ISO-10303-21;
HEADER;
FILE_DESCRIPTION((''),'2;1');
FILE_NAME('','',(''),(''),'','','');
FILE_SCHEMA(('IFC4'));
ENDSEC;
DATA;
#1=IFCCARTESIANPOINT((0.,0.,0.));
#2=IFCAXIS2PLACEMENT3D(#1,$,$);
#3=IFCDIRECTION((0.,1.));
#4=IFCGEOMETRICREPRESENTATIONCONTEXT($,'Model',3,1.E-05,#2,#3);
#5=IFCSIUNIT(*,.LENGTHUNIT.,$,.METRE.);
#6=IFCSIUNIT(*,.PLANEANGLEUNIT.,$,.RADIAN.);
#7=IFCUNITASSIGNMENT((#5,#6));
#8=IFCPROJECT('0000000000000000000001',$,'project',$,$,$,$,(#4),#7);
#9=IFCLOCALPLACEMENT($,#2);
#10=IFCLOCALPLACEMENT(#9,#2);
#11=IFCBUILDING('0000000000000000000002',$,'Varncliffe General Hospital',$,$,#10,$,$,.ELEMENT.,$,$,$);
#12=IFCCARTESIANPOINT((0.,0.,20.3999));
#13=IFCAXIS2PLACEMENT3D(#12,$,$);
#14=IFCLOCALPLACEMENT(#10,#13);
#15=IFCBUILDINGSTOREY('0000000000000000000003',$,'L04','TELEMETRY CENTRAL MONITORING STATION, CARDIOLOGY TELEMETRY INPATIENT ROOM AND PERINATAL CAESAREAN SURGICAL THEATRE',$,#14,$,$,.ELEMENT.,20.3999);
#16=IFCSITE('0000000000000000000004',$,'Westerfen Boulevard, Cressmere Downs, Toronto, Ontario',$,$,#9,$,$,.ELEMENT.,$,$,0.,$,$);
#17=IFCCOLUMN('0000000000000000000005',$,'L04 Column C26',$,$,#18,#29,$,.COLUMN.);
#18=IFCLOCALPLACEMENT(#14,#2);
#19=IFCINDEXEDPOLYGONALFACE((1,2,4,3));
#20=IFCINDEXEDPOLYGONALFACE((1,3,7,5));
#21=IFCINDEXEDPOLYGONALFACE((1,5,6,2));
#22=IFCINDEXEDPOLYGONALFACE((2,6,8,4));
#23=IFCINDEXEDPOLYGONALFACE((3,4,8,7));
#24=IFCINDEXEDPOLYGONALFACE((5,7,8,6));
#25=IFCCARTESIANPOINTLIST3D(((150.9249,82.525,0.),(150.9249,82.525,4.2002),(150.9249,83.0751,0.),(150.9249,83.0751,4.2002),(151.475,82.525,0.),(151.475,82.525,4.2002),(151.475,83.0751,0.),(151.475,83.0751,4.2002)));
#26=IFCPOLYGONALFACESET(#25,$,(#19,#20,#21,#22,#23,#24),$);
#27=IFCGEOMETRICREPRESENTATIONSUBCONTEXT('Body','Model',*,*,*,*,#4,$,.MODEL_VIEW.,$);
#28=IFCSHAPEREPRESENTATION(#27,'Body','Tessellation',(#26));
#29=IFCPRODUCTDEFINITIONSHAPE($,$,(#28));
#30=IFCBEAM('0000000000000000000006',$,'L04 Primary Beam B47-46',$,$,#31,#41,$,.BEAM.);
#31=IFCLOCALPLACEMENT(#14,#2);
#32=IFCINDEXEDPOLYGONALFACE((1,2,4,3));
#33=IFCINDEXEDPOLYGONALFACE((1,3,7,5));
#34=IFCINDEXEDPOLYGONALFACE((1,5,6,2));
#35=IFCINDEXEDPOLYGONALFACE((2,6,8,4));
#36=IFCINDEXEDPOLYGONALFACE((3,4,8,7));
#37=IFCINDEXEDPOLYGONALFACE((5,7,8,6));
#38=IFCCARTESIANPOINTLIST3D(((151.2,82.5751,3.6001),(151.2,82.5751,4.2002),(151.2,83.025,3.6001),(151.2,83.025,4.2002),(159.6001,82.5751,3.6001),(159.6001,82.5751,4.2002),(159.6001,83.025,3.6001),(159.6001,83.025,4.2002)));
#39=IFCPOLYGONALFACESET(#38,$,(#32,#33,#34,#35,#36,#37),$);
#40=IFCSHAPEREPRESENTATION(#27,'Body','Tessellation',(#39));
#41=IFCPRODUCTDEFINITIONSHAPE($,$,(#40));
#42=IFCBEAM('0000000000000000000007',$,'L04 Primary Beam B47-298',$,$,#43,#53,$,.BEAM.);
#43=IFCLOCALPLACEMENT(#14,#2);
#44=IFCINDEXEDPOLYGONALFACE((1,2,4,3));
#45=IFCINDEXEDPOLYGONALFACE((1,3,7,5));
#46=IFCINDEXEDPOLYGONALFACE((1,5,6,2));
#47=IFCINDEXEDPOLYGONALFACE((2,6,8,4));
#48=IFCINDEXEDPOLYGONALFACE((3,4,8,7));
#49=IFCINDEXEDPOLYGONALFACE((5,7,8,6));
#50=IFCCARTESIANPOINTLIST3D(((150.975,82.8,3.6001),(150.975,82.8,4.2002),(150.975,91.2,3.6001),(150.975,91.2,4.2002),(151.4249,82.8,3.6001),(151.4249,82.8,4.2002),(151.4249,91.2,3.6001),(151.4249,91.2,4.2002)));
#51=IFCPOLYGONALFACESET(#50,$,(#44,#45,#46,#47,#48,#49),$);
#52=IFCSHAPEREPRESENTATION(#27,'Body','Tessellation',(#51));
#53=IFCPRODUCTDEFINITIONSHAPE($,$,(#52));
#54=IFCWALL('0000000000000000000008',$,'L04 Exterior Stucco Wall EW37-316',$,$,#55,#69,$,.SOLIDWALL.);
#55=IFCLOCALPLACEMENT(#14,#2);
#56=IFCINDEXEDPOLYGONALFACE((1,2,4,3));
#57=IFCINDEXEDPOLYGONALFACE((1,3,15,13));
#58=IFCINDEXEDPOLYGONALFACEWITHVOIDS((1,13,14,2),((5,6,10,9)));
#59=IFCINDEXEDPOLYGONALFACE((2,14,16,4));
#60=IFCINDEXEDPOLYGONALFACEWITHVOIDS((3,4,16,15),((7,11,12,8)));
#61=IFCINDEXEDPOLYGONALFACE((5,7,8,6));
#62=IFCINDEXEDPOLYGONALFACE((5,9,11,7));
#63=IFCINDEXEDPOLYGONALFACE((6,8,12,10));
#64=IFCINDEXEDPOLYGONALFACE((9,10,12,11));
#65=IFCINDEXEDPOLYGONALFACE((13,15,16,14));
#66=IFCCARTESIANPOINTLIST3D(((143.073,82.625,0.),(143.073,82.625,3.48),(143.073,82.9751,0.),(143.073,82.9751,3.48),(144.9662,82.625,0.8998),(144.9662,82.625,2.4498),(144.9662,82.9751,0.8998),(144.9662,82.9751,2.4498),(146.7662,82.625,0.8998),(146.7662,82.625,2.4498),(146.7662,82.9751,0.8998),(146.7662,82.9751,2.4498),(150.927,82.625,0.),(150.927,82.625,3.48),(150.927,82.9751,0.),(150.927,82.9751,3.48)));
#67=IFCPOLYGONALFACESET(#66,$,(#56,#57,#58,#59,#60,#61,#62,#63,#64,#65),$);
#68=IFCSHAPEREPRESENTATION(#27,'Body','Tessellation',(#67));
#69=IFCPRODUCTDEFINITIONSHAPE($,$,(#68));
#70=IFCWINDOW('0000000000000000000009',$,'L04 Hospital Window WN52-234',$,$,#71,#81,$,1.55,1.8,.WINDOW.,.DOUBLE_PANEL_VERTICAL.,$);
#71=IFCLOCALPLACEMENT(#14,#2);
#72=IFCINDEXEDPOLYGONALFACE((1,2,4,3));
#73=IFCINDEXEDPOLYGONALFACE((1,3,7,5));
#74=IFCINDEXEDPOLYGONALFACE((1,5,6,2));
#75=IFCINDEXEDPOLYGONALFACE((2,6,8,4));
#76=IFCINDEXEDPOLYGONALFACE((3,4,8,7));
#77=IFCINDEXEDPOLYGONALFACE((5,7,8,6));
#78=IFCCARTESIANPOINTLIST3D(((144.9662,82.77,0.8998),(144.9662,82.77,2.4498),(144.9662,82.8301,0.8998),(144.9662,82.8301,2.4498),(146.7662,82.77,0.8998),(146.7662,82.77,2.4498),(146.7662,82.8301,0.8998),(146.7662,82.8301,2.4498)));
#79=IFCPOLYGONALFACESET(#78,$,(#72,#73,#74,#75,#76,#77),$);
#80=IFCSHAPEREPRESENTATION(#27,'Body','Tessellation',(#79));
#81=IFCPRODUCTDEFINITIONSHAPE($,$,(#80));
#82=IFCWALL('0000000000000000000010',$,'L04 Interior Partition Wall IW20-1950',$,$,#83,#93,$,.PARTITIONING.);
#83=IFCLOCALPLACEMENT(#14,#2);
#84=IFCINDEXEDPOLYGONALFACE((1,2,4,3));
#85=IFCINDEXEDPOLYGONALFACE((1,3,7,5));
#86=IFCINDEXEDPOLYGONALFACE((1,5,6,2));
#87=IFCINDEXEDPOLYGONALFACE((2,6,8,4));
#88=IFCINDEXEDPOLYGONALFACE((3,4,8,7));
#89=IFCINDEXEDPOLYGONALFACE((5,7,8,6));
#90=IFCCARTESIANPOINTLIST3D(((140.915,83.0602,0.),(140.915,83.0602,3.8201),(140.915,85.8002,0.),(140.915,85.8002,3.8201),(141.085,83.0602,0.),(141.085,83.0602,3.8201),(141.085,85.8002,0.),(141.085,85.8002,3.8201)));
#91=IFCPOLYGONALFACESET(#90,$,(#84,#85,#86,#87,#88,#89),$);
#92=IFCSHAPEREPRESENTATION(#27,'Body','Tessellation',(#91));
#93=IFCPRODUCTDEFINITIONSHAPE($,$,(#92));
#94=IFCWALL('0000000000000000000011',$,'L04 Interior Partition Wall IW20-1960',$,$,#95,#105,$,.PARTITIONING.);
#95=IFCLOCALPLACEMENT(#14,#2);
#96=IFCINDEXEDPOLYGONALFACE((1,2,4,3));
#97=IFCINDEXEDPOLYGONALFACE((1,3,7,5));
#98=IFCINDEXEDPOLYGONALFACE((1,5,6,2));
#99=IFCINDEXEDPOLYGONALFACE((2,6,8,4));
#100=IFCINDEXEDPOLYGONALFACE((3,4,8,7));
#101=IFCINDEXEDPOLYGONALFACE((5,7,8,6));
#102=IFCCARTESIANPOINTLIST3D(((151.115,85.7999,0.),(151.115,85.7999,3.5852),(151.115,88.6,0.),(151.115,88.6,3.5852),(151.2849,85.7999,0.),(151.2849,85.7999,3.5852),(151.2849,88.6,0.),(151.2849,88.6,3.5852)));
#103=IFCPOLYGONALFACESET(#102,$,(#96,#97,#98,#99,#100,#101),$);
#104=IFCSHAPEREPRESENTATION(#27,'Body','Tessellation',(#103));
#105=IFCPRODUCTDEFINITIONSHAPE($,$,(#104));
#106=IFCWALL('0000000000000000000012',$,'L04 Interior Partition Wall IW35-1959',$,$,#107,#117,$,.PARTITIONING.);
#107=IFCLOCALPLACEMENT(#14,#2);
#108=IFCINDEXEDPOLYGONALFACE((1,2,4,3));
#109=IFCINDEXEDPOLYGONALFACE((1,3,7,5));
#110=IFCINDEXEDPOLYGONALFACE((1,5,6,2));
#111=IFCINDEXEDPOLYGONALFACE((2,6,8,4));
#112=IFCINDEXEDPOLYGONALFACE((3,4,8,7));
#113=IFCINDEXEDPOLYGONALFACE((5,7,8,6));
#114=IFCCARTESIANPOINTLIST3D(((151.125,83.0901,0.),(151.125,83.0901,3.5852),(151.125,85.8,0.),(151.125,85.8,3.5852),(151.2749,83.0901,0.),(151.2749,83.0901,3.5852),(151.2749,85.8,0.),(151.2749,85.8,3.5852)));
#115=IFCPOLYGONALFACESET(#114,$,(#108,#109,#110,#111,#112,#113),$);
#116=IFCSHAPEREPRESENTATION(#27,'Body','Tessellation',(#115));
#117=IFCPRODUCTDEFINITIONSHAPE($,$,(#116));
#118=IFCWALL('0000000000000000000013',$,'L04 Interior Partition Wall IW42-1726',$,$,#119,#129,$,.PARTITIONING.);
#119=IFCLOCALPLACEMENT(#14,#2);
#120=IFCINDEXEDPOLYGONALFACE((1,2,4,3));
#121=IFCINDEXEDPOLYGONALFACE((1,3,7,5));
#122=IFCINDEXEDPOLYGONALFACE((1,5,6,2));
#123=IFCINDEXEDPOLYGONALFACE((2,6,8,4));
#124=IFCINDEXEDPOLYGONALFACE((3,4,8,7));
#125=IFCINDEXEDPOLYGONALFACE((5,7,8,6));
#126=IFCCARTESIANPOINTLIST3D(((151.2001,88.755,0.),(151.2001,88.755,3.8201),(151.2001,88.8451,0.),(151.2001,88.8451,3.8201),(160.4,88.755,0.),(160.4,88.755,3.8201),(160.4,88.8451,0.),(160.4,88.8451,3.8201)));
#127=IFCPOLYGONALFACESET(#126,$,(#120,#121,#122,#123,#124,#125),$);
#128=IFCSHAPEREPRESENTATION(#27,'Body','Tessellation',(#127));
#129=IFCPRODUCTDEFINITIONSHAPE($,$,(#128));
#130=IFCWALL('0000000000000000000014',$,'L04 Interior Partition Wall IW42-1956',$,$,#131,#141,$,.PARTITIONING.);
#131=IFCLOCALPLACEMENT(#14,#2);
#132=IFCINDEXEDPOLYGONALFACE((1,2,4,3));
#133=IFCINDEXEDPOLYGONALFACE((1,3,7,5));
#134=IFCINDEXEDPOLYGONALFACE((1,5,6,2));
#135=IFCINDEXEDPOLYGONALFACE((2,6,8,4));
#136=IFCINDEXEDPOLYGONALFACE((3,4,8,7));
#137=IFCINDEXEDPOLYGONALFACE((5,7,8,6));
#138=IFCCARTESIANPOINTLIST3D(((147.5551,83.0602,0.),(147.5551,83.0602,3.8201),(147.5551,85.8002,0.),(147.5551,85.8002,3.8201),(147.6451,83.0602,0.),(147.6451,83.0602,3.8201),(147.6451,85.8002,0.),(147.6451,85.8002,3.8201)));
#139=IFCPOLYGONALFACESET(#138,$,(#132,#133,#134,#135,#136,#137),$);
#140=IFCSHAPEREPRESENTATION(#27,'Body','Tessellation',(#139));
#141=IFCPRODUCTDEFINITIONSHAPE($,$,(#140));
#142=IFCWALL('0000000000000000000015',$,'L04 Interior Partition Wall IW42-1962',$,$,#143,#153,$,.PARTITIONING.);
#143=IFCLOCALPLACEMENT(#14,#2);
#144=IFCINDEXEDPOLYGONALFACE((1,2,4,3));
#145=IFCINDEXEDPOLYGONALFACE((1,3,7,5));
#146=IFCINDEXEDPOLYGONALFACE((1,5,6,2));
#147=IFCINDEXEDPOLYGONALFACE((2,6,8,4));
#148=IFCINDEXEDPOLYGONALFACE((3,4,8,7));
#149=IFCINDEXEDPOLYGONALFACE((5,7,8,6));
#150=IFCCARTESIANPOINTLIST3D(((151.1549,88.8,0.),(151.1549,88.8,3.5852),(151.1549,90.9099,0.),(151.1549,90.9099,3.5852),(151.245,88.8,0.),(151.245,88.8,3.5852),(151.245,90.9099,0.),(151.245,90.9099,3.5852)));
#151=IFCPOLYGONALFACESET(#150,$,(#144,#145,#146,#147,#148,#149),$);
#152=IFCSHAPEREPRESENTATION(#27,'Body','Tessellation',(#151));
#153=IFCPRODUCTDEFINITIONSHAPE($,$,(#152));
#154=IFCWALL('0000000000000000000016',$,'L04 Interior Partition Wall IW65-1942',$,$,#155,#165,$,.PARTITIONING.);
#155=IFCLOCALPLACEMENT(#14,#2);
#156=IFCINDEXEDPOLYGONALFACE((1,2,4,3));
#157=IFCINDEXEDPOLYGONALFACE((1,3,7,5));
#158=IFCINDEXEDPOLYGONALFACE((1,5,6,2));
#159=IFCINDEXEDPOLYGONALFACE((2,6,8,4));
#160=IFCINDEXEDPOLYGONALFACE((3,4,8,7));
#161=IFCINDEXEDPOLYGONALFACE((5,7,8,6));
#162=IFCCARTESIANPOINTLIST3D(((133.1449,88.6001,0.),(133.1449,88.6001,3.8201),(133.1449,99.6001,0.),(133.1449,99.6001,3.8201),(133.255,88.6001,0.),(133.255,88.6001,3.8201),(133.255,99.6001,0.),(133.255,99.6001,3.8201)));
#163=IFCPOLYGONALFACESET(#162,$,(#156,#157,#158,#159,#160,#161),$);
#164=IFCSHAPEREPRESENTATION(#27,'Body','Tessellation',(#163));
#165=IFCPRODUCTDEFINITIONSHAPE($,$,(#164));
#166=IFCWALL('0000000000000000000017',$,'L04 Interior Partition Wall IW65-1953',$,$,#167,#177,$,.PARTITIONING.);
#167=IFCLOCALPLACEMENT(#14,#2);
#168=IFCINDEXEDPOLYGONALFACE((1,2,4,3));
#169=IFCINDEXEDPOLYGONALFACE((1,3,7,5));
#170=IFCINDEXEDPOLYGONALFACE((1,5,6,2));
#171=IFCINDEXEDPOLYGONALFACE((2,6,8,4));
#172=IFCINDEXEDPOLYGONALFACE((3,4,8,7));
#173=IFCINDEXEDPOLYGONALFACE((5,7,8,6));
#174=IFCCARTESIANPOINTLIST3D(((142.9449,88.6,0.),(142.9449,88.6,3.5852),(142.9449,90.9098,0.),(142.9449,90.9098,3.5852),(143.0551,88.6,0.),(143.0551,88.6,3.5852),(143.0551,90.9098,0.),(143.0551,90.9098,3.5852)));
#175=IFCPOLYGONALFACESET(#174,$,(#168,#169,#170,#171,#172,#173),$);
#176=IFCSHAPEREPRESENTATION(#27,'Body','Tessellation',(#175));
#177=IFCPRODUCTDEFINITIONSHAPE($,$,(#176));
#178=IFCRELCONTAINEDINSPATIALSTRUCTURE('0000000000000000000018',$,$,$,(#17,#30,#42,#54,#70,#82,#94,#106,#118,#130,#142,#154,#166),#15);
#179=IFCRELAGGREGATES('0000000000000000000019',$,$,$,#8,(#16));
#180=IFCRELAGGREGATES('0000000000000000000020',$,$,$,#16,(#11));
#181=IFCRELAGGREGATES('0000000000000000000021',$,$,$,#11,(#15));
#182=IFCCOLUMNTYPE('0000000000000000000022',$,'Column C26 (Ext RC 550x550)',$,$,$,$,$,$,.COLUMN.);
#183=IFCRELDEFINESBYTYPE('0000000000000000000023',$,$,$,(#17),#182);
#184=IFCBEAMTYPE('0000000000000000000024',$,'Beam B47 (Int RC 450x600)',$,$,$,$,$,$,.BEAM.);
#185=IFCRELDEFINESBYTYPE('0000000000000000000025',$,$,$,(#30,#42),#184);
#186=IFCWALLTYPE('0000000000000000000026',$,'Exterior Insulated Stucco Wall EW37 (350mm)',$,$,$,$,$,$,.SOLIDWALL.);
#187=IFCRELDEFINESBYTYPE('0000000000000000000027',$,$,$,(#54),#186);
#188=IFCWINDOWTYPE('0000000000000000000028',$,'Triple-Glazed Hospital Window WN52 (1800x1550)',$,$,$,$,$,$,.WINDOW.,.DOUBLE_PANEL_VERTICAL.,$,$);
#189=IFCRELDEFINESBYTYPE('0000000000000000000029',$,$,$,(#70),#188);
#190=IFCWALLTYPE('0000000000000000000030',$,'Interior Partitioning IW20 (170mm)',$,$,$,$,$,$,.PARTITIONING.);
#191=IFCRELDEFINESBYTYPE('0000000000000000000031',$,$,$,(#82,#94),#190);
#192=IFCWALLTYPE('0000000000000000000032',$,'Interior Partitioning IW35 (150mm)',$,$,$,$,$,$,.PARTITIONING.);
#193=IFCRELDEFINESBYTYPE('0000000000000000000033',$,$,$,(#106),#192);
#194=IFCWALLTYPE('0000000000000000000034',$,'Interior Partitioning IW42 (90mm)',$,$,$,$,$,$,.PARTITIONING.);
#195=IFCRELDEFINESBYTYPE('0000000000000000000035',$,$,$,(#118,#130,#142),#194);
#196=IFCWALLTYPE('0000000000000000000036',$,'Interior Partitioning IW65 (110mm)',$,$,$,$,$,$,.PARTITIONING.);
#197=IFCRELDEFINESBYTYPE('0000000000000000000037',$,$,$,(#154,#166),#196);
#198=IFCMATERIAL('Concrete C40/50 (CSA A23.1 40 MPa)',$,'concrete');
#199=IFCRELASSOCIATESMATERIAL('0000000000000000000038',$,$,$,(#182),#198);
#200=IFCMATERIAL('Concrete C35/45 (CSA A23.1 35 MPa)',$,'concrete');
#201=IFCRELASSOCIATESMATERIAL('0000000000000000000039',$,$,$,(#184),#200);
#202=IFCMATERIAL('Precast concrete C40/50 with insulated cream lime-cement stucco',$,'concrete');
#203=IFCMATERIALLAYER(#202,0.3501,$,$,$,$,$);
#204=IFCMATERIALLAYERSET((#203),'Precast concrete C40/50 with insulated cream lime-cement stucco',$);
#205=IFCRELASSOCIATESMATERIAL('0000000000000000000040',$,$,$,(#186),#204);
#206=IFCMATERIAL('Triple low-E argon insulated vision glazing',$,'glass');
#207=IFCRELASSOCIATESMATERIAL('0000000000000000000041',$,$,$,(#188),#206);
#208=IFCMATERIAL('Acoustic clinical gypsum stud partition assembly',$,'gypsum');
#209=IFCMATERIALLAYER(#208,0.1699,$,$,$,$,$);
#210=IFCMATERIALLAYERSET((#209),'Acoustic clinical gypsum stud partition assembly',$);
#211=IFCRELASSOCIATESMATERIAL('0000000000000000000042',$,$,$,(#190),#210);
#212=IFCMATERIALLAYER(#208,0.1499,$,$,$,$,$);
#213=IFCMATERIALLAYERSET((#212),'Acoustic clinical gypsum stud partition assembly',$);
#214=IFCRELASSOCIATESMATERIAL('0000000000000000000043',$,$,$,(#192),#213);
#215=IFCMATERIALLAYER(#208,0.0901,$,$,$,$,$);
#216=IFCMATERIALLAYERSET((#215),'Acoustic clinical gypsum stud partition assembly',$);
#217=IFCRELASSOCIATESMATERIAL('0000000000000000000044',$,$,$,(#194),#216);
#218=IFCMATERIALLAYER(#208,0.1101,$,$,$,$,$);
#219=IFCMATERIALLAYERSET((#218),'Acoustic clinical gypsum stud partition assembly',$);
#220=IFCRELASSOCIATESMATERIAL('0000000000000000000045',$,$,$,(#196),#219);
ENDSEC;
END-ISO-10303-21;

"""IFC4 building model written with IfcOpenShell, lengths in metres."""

from ifc_helpers import new_model, si_unit, direction, frame, frame_2d, origin, origin_2d, place, context, subcontext, project, spatial, rectangle, extrude, material, layer, layer_set, material_profile, profile_set, type_object, element, fill, save


model = new_model("IFC4")

# Units and contexts
model_context = context("Model", 3, precision=1e-05, world=origin(), true_north=direction((0.0, 1.0)))
body_context = subcontext(model_context, "Body", "Model", "MODEL_VIEW")
ifc_project = project(units=[si_unit("LENGTHUNIT", "METRE"), si_unit("PLANEANGLEUNIT", "RADIAN")], contexts=[model_context])

# Site, building, storey
site_placement = place(None, origin())
site = spatial("IfcSite", under=ifc_project, at=site_placement, Name="Westerfen Boulevard, Cressmere Downs, Toronto, Ontario", CompositionType="ELEMENT", RefElevation=0.0)
building_placement = place(site_placement, origin())
building = spatial("IfcBuilding", under=site, at=building_placement, Name="Varncliffe General Hospital", CompositionType="ELEMENT")
storey_placement = place(building_placement, frame((0.0, 0.0, 20.3999)))
storey = spatial("IfcBuildingStorey", under=building, at=storey_placement, Name="L04", Description="TELEMETRY CENTRAL MONITORING STATION, CARDIOLOGY TELEMETRY INPATIENT ROOM AND PERINATAL CAESAREAN SURGICAL THEATRE", CompositionType="ELEMENT", Elevation=20.3999)

# Column
ifc_material_1 = material(Name="Concrete C40/50 (CSA A23.1 40 MPa)", Category="concrete")
ifc_material_profile_1 = material_profile(ifc_material_1, rectangle(XDim=0.55, YDim=0.55, at=origin_2d()), Name="RC 550x550")
ifc_profile_set_1 = profile_set([ifc_material_profile_1], Name="Concrete C40/50 (CSA A23.1 40 MPa)")
column_type = type_object("IfcColumnType", Name="Column C26 (Ext RC 550x550)", PredefinedType="COLUMN", material=ifc_profile_set_1)
column_placement = place(storey_placement, frame((151.2, 82.8, 0.0), z_axis=(0.0, 0.0, 1.0), x_axis=(1.0, 0.0, 0.0)))
element("IfcColumn", 1, at=column_placement, inside=storey, type_object=column_type, Name="L04 Column C26", PredefinedType="COLUMN", context=body_context, shape_type="SweptSolid", body=[
    extrude(rectangle(XDim=0.55, YDim=0.55, at=origin_2d()), origin(), (0.0, 0.0, 1.0), 4.2002),
])

# Beams
ifc_material_2 = material(Name="Concrete C35/45 (CSA A23.1 35 MPa)", Category="concrete")
ifc_material_profile_2 = material_profile(ifc_material_2, rectangle(XDim=0.45, YDim=0.6001, at=origin_2d()), Name="RC 450x600")
ifc_profile_set_2 = profile_set([ifc_material_profile_2], Name="Concrete C35/45 (CSA A23.1 35 MPa)")
beam_type = type_object("IfcBeamType", Name="Beam B47 (Int RC 450x600)", PredefinedType="BEAM", material=ifc_profile_set_2)
beam_1_placement = place(storey_placement, frame((151.2, 82.8, 3.9001), z_axis=(1.0, 0.0, 0.0), x_axis=(0.0, 1.0, 0.0)))
element("IfcBeam", 2, at=beam_1_placement, inside=storey, type_object=beam_type, Name="L04 Primary Beam B47-46", PredefinedType="BEAM", context=body_context, shape_type="SweptSolid", body=[
    extrude(rectangle(XDim=0.45, YDim=0.6001, at=origin_2d()), origin(), (0.0, 0.0, 1.0), 8.4001),
])
beam_2_placement = place(storey_placement, frame((151.2, 82.8, 3.9001), z_axis=(0.0, 1.0, 0.0), x_axis=(-1.0, 0.0, 0.0)))
element("IfcBeam", 3, at=beam_2_placement, inside=storey, type_object=beam_type, Name="L04 Primary Beam B47-298", PredefinedType="BEAM", context=body_context, shape_type="SweptSolid", body=[
    extrude(rectangle(XDim=0.45, YDim=0.6001, at=origin_2d()), origin(), (0.0, 0.0, 1.0), 8.3999),
])

# Wall, opening, window
ifc_material_3 = material(Name="Precast concrete C40/50 with insulated cream lime-cement stucco", Category="concrete")
ifc_layer_1 = layer(ifc_material_3, 0.3501)
ifc_layer_set_1 = layer_set([ifc_layer_1], Name="Precast concrete C40/50 with insulated cream lime-cement stucco")
wall_type_1 = type_object("IfcWallType", Name="Exterior Insulated Stucco Wall EW37 (350mm)", PredefinedType="SOLIDWALL", material=ifc_layer_set_1)
wall_1_placement = place(storey_placement, frame((150.927, 82.8, 0.0), z_axis=(0.0, 0.0, 1.0), x_axis=(-1.0, 0.0, 0.0)))
wall_1 = element("IfcWall", 4, at=wall_1_placement, inside=storey, type_object=wall_type_1, Name="L04 Exterior Stucco Wall EW37-316", PredefinedType="SOLIDWALL", context=body_context, shape_type="SweptSolid", body=[
    extrude(rectangle(XDim=7.854, YDim=0.3501, at=frame_2d((3.927, 0.0))), origin(), (0.0, 0.0, 1.0), 3.48),
])
opening_1_placement = place(wall_1_placement, frame((4.1609, 0.0, 0.8999)))
opening_1 = element("IfcOpeningElement", 5, at=opening_1_placement, cuts=wall_1, PredefinedType="OPENING", context=body_context, shape_type="SweptSolid", body=[
    extrude(rectangle(XDim=1.8, YDim=1.55, at=frame_2d((0.8999, 0.7749))), frame((0.0, 0.1851, 0.0), z_axis=(0.0, -1.0, 0.0), x_axis=(1.0, 0.0, 0.0)), (0.0, 0.0, 1.0), 0.3701),
])
ifc_material_4 = material(Name="Triple low-E argon insulated vision glazing", Category="glass")
window_type = type_object("IfcWindowType", Name="Triple-Glazed Hospital Window WN52 (1800x1550)", PartitioningType="DOUBLE_PANEL_VERTICAL", PredefinedType="WINDOW", material=ifc_material_4)
window_placement = place(opening_1_placement, origin())
window = element("IfcWindow", 6, at=window_placement, inside=storey, type_object=window_type, Name="L04 Hospital Window WN52-234", OverallHeight=1.55, OverallWidth=1.8, PartitioningType="DOUBLE_PANEL_VERTICAL", PredefinedType="WINDOW", context=body_context, shape_type="SweptSolid", body=[
    extrude(rectangle(XDim=1.8, YDim=1.55, at=frame_2d((0.8999, 0.7749))), frame((0.0, 0.03, 0.0), z_axis=(0.0, -1.0, 0.0), x_axis=(1.0, 0.0, 0.0)), (0.0, 0.0, 1.0), 0.0601),
])
fill(opening_1, window)

# Walls
ifc_material_5 = material(Name="Acoustic clinical gypsum stud partition assembly", Category="gypsum")
ifc_layer_2 = layer(ifc_material_5, 0.1699)
ifc_layer_set_2 = layer_set([ifc_layer_2], Name="Acoustic clinical gypsum stud partition assembly")
wall_type_2 = type_object("IfcWallType", Name="Interior Partitioning IW20 (170mm)", PredefinedType="PARTITIONING", material=ifc_layer_set_2)
wall_2_placement = place(storey_placement, frame((141.0, 83.0601, 0.0), z_axis=(0.0, 0.0, 1.0), x_axis=(0.0, 1.0, 0.0)))
element("IfcWall", 7, at=wall_2_placement, inside=storey, type_object=wall_type_2, Name="L04 Interior Partition Wall IW20-1950", PredefinedType="PARTITIONING", context=body_context, shape_type="SweptSolid", body=[
    extrude(rectangle(XDim=2.74, YDim=0.1699, at=frame_2d((1.3701, 0.0))), origin(), (0.0, 0.0, 1.0), 3.8201),
])
wall_3_placement = place(storey_placement, frame((151.2, 85.8, 0.0), z_axis=(0.0, 0.0, 1.0), x_axis=(0.0, 1.0, 0.0)))
element("IfcWall", 8, at=wall_3_placement, inside=storey, type_object=wall_type_2, Name="L04 Interior Partition Wall IW20-1960", PredefinedType="PARTITIONING", context=body_context, shape_type="SweptSolid", body=[
    extrude(rectangle(XDim=2.8, YDim=0.1699, at=frame_2d((1.3999, 0.0))), origin(), (0.0, 0.0, 1.0), 3.5852),
])
ifc_layer_3 = layer(ifc_material_5, 0.1499)
ifc_layer_set_3 = layer_set([ifc_layer_3], Name="Acoustic clinical gypsum stud partition assembly")
wall_type_3 = type_object("IfcWallType", Name="Interior Partitioning IW35 (150mm)", PredefinedType="PARTITIONING", material=ifc_layer_set_3)
wall_4_placement = place(storey_placement, frame((151.2, 83.0901, 0.0), z_axis=(0.0, 0.0, 1.0), x_axis=(0.0, 1.0, 0.0)))
element("IfcWall", 9, at=wall_4_placement, inside=storey, type_object=wall_type_3, Name="L04 Interior Partition Wall IW35-1959", PredefinedType="PARTITIONING", context=body_context, shape_type="SweptSolid", body=[
    extrude(rectangle(XDim=2.71, YDim=0.1499, at=frame_2d((1.355, 0.0))), origin(), (0.0, 0.0, 1.0), 3.5852),
])
ifc_layer_4 = layer(ifc_material_5, 0.0901)
ifc_layer_set_4 = layer_set([ifc_layer_4], Name="Acoustic clinical gypsum stud partition assembly")
wall_type_4 = type_object("IfcWallType", Name="Interior Partitioning IW42 (90mm)", PredefinedType="PARTITIONING", material=ifc_layer_set_4)
wall_5_placement = place(storey_placement, frame((151.2, 88.8, 0.0), z_axis=(0.0, 0.0, 1.0), x_axis=(1.0, 0.0, 0.0)))
element("IfcWall", 10, at=wall_5_placement, inside=storey, type_object=wall_type_4, Name="L04 Interior Partition Wall IW42-1726", PredefinedType="PARTITIONING", context=body_context, shape_type="SweptSolid", body=[
    extrude(rectangle(XDim=9.2, YDim=0.0901, at=frame_2d((4.6001, 0.0))), origin(), (0.0, 0.0, 1.0), 3.8201),
])
wall_6_placement = place(storey_placement, frame((147.6001, 83.0601, 0.0), z_axis=(0.0, 0.0, 1.0), x_axis=(0.0, 1.0, 0.0)))
element("IfcWall", 11, at=wall_6_placement, inside=storey, type_object=wall_type_4, Name="L04 Interior Partition Wall IW42-1956", PredefinedType="PARTITIONING", context=body_context, shape_type="SweptSolid", body=[
    extrude(rectangle(XDim=2.74, YDim=0.0901, at=frame_2d((1.3701, 0.0))), origin(), (0.0, 0.0, 1.0), 3.8201),
])
wall_7_placement = place(storey_placement, frame((151.2, 88.8, 0.0), z_axis=(0.0, 0.0, 1.0), x_axis=(0.0, 1.0, 0.0)))
element("IfcWall", 12, at=wall_7_placement, inside=storey, type_object=wall_type_4, Name="L04 Interior Partition Wall IW42-1962", PredefinedType="PARTITIONING", context=body_context, shape_type="SweptSolid", body=[
    extrude(rectangle(XDim=2.1099, YDim=0.0901, at=frame_2d((1.0549, 0.0))), origin(), (0.0, 0.0, 1.0), 3.5852),
])
ifc_layer_5 = layer(ifc_material_5, 0.1101)
ifc_layer_set_5 = layer_set([ifc_layer_5], Name="Acoustic clinical gypsum stud partition assembly")
wall_type_5 = type_object("IfcWallType", Name="Interior Partitioning IW65 (110mm)", PredefinedType="PARTITIONING", material=ifc_layer_set_5)
wall_8_placement = place(storey_placement, frame((133.2, 88.6001, 0.0), z_axis=(0.0, 0.0, 1.0), x_axis=(0.0, 1.0, 0.0)))
element("IfcWall", 13, at=wall_8_placement, inside=storey, type_object=wall_type_5, Name="L04 Interior Partition Wall IW65-1942", PredefinedType="PARTITIONING", context=body_context, shape_type="SweptSolid", body=[
    extrude(rectangle(XDim=11.0, YDim=0.1101, at=frame_2d((5.5, 0.0))), origin(), (0.0, 0.0, 1.0), 3.8201),
])
wall_9_placement = place(storey_placement, frame((143.0, 88.6001, 0.0), z_axis=(0.0, 0.0, 1.0), x_axis=(0.0, 1.0, 0.0)))
element("IfcWall", 14, at=wall_9_placement, inside=storey, type_object=wall_type_5, Name="L04 Interior Partition Wall IW65-1953", PredefinedType="PARTITIONING", context=body_context, shape_type="SweptSolid", body=[
    extrude(rectangle(XDim=2.3098, YDim=0.1101, at=frame_2d((1.1548, 0.0))), origin(), (0.0, 0.0, 1.0), 3.5852),
])

save(model, "model.ifc")
